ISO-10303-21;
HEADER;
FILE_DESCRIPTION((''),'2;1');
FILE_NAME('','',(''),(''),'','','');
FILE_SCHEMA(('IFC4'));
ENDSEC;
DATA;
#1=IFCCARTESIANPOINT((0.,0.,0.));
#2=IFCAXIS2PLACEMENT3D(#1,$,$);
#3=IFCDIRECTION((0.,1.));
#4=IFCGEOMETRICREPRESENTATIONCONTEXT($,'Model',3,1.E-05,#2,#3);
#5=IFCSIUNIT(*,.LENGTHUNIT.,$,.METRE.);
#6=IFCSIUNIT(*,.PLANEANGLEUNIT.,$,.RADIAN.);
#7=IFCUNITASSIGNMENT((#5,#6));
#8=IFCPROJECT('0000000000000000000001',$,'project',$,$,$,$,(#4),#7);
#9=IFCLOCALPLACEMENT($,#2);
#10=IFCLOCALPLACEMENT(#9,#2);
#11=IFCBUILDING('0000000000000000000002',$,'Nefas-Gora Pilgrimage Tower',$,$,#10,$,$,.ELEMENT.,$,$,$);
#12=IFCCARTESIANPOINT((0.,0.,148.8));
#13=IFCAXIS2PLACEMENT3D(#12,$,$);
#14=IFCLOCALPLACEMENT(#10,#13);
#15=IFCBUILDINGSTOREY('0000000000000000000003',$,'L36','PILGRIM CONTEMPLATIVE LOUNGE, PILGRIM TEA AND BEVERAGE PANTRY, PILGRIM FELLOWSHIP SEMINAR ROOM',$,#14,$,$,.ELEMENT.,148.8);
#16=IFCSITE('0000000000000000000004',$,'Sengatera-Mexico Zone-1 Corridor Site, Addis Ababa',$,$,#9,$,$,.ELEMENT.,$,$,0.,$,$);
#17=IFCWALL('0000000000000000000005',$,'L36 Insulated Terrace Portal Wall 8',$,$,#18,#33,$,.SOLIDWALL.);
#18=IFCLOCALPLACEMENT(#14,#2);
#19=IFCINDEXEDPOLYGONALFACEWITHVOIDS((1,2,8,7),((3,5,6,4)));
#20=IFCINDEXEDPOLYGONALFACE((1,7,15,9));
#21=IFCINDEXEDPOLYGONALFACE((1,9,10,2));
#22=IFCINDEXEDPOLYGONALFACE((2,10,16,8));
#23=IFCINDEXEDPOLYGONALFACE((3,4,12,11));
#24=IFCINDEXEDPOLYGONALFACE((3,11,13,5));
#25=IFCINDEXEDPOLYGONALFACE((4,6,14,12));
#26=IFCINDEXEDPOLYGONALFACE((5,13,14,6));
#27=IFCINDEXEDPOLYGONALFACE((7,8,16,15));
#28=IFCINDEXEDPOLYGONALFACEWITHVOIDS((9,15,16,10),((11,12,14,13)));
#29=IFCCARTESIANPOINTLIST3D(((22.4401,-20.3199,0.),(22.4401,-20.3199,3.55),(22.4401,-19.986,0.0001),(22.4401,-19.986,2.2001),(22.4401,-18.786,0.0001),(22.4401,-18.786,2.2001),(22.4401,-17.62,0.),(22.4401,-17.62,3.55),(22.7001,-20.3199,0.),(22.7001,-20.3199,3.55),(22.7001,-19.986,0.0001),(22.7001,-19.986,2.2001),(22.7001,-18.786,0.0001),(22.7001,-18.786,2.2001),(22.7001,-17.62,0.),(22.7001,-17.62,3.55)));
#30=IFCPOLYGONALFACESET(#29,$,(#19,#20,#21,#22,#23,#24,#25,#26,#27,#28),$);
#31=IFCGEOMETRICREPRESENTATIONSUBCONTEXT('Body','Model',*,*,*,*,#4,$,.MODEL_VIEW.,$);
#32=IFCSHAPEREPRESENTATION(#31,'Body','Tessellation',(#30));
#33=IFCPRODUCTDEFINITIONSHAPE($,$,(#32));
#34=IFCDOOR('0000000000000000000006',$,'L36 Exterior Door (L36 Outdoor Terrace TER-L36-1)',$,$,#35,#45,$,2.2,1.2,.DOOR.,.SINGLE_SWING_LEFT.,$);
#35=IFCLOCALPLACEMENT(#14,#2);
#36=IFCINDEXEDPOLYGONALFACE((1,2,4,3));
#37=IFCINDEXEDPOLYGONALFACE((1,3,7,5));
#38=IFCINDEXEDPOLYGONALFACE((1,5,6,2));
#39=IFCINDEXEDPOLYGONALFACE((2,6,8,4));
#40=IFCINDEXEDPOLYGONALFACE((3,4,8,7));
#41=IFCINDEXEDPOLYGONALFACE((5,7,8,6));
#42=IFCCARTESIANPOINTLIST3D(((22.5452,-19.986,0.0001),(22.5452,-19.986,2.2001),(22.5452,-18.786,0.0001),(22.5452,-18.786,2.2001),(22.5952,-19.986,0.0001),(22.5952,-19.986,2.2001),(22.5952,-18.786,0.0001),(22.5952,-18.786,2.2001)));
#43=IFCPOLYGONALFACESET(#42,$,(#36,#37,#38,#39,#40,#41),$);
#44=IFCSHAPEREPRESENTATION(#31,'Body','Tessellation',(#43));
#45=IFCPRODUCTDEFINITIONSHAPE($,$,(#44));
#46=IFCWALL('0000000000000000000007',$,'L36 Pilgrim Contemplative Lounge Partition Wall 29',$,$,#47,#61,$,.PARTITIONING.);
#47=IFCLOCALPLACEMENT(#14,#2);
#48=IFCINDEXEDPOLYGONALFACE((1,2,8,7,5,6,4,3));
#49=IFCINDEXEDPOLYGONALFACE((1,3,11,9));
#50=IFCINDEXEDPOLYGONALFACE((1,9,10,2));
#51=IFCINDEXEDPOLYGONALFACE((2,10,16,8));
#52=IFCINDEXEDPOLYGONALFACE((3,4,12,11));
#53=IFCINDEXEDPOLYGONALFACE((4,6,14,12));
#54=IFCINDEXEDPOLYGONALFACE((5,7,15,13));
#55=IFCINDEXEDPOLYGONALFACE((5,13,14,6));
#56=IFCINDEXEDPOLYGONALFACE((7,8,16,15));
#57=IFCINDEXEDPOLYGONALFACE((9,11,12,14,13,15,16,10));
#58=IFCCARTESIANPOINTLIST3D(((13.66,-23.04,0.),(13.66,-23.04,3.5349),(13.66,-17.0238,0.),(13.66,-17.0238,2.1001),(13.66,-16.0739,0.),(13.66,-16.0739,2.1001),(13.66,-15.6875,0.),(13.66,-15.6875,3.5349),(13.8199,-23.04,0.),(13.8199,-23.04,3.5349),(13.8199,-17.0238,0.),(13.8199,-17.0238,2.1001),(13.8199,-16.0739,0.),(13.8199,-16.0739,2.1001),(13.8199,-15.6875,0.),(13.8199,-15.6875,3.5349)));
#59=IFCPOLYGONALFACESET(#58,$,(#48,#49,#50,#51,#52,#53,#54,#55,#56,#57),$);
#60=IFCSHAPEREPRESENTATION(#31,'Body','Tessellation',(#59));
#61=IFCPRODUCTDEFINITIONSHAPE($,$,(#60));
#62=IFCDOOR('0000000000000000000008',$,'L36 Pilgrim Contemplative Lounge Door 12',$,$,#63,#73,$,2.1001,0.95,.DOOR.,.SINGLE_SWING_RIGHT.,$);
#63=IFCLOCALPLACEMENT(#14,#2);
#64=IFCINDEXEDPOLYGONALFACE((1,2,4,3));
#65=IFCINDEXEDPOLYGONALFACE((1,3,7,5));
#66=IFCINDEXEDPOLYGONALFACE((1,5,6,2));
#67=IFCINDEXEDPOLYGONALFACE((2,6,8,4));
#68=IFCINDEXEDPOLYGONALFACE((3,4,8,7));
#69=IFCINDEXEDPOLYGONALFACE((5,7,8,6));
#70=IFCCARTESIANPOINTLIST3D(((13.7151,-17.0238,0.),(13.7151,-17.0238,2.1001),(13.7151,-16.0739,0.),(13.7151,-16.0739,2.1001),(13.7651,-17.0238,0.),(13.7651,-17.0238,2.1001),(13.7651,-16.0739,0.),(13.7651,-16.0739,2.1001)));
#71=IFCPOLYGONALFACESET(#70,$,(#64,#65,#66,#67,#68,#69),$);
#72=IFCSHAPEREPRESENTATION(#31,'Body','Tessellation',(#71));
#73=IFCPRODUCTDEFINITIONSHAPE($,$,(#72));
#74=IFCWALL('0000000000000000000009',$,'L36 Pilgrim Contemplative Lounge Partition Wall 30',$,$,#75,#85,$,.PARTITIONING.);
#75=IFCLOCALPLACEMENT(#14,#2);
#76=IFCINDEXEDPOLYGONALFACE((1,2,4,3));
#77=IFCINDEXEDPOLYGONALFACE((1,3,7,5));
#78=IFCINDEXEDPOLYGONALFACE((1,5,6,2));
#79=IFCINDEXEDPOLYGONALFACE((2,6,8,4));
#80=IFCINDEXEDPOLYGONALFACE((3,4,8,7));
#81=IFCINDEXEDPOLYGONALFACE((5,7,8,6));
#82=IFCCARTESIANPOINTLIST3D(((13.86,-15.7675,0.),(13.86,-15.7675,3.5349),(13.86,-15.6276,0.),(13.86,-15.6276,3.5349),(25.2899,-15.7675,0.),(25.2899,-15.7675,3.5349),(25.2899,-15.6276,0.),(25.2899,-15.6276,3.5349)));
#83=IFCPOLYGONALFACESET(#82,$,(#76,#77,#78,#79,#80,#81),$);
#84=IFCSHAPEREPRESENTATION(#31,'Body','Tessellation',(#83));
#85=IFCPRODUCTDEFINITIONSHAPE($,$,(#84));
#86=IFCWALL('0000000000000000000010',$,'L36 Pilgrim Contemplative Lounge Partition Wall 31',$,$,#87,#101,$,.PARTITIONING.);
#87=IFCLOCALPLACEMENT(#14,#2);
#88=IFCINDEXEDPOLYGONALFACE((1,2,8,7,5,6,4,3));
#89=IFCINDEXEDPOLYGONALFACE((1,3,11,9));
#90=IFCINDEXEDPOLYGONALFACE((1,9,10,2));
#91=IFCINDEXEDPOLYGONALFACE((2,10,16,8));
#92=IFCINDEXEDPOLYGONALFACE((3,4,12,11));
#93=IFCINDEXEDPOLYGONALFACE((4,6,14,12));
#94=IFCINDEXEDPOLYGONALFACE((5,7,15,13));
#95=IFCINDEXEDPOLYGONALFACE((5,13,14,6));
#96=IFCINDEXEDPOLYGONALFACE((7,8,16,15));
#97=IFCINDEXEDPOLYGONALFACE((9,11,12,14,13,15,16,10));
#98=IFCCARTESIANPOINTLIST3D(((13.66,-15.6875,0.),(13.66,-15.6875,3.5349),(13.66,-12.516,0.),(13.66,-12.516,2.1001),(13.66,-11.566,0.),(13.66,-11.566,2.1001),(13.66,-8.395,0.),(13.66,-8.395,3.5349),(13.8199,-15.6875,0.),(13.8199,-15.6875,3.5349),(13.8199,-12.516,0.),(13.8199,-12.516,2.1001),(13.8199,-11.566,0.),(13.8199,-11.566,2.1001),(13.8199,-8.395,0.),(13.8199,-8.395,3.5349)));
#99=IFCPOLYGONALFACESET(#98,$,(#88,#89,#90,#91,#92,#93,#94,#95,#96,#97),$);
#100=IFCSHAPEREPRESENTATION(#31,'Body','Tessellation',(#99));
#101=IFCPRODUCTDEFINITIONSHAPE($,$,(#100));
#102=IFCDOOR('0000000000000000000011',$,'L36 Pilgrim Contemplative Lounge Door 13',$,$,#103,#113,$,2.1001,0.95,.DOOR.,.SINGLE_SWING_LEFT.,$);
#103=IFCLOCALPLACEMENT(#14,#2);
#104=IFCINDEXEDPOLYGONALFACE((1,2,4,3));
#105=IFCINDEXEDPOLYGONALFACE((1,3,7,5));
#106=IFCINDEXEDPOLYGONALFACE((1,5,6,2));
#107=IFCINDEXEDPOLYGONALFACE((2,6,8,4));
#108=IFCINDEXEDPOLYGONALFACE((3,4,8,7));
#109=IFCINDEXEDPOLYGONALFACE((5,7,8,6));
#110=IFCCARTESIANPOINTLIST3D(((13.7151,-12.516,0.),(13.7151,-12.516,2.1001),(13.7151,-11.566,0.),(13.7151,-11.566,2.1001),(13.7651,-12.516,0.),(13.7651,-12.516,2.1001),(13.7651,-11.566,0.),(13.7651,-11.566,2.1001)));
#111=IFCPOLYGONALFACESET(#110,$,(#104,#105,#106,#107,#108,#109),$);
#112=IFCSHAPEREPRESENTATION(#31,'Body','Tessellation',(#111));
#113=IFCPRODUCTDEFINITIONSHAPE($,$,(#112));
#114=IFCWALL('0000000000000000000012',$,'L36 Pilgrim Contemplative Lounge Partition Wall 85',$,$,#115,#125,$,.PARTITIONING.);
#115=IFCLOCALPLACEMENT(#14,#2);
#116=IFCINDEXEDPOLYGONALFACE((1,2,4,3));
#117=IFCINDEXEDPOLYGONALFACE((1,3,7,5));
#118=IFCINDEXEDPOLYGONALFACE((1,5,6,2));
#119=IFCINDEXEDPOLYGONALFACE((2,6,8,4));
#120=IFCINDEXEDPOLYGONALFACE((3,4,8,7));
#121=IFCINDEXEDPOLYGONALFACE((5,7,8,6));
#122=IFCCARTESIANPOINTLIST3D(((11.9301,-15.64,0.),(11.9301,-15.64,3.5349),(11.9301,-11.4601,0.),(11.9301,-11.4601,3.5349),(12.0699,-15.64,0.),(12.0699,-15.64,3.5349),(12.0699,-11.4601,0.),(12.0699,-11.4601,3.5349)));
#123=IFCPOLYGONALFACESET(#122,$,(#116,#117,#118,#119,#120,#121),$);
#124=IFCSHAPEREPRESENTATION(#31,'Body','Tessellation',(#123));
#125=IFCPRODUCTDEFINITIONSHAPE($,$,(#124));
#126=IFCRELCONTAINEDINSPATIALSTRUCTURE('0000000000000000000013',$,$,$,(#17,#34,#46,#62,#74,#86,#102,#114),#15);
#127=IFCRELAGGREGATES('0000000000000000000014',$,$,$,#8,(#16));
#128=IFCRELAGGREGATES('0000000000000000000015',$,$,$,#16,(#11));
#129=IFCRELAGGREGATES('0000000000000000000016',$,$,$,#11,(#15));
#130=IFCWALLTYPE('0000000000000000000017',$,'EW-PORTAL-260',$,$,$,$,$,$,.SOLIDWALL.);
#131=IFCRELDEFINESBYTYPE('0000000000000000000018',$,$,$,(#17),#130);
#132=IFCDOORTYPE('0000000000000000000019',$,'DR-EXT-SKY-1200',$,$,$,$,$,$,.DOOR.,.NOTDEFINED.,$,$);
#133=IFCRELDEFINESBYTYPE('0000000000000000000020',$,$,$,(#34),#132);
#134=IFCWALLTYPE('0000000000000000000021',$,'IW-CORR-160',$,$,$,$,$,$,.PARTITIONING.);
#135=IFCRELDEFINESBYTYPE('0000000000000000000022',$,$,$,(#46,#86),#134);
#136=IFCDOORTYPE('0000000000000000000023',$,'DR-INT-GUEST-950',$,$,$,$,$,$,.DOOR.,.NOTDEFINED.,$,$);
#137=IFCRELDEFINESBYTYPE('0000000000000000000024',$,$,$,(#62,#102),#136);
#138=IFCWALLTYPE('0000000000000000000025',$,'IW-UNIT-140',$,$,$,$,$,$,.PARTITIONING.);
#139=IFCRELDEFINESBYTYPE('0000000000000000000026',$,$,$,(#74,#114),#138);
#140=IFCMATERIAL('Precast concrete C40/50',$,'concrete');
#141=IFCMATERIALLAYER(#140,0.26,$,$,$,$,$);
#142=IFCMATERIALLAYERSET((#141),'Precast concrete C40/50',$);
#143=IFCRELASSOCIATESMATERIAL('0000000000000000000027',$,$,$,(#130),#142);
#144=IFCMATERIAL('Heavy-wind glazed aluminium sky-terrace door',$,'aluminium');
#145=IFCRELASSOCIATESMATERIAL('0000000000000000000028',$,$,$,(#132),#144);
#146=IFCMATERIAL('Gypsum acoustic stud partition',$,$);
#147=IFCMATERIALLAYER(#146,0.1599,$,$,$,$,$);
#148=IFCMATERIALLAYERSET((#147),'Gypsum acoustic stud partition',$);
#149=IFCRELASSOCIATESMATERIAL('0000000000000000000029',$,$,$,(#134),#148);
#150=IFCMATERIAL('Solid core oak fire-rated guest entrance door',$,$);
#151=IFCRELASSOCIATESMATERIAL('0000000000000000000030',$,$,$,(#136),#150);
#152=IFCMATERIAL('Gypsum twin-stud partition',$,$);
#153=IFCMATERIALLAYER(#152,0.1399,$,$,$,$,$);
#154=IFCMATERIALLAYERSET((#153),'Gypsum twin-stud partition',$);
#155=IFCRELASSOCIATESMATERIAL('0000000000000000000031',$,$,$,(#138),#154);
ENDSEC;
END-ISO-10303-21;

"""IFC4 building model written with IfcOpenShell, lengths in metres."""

from ifc_helpers import new_model, si_unit, direction, frame, frame_2d, origin, place, context, subcontext, project, spatial, rectangle, extrude, source, transform, mapped, material, layer, layer_set, type_object, element, fill, save


model = new_model("IFC4")

# Units and contexts
model_context = context("Model", 3, precision=1e-05, world=origin(), true_north=direction((0.0, 1.0)))
body_context = subcontext(model_context, "Body", "Model", "MODEL_VIEW")
ifc_project = project(units=[si_unit("LENGTHUNIT", "METRE"), si_unit("PLANEANGLEUNIT", "RADIAN")], contexts=[model_context])

# Site, building, storey
site_placement = place(None, origin())
site = spatial("IfcSite", under=ifc_project, at=site_placement, Name="Sengatera-Mexico Zone-1 Corridor Site, Addis Ababa", CompositionType="ELEMENT", RefElevation=0.0)
building_placement = place(site_placement, origin())
building = spatial("IfcBuilding", under=site, at=building_placement, Name="Nefas-Gora Pilgrimage Tower", CompositionType="ELEMENT")
storey_placement = place(building_placement, frame((0.0, 0.0, 148.8)))
storey = spatial("IfcBuildingStorey", under=building, at=storey_placement, Name="L36", Description="PILGRIM CONTEMPLATIVE LOUNGE, PILGRIM TEA AND BEVERAGE PANTRY, PILGRIM FELLOWSHIP SEMINAR ROOM", CompositionType="ELEMENT", Elevation=148.8)

# Walls, openings, doors
ifc_material_1 = material(Name="Precast concrete C40/50", Category="concrete")
ifc_layer_1 = layer(ifc_material_1, 0.26)
ifc_layer_set_1 = layer_set([ifc_layer_1], Name="Precast concrete C40/50")
wall_type_1 = type_object("IfcWallType", Name="EW-PORTAL-260", PredefinedType="SOLIDWALL", material=ifc_layer_set_1)
shared_shape_1 = source(origin(), body_context, "Body", "SweptSolid", [
    extrude(rectangle(XDim=2.7, YDim=0.26, at=frame_2d((1.3501, 0.0))), origin(), (0.0, 0.0, 1.0), 3.55),
])
wall_1_placement = place(storey_placement, frame((22.5701, -20.3201, 0.0), z_axis=(0.0, 0.0, 1.0), x_axis=(0.0, 1.0, 0.0)))
wall_1 = element("IfcWall", 1, at=wall_1_placement, inside=storey, type_object=wall_type_1, Name="L36 Insulated Terrace Portal Wall 8", PredefinedType="SOLIDWALL", context=body_context, shape_type="MappedRepresentation", body=[
    mapped(shared_shape_1, transform((0.0, 0.0, 0.0), x_axis=(1.0, 0.0, 0.0), y_axis=(0.0, 1.0, 0.0), z_axis=(0.0, 0.0, 1.0), scale=1.0)),
])
opening_1_placement = place(wall_1_placement, frame((0.334, 0.0, 0.0)))
opening_1 = element("IfcOpeningElement", 2, at=opening_1_placement, cuts=wall_1, PredefinedType="OPENING", context=body_context, shape_type="SweptSolid", body=[
    extrude(rectangle(XDim=1.2, YDim=2.2, at=frame_2d((0.6001, 1.1001))), frame((0.0, 0.1399, 0.0), z_axis=(0.0, -1.0, 0.0), x_axis=(1.0, 0.0, 0.0)), (0.0, 0.0, 1.0), 0.28),
])
ifc_material_2 = material(Name="Heavy-wind glazed aluminium sky-terrace door", Category="aluminium")
door_type_1 = type_object("IfcDoorType", Name="DR-EXT-SKY-1200", OperationType="NOTDEFINED", PredefinedType="DOOR", material=ifc_material_2)
shared_shape_2 = source(origin(), body_context, "Body", "SweptSolid", [
    extrude(rectangle(XDim=1.2, YDim=2.2, at=frame_2d((0.6001, 1.1001))), frame((0.0, 0.0249, 0.0), z_axis=(0.0, -1.0, 0.0), x_axis=(1.0, 0.0, 0.0)), (0.0, 0.0, 1.0), 0.05),
])
door_1_placement = place(opening_1_placement, origin())
door_1 = element("IfcDoor", 3, at=door_1_placement, inside=storey, type_object=door_type_1, Name="L36 Exterior Door (L36 Outdoor Terrace TER-L36-1)", OperationType="SINGLE_SWING_LEFT", OverallHeight=2.2, OverallWidth=1.2, PredefinedType="DOOR", context=body_context, shape_type="MappedRepresentation", body=[
    mapped(shared_shape_2, transform((0.0, 0.0, 0.0), x_axis=(1.0, 0.0, 0.0), y_axis=(0.0, 1.0, 0.0), z_axis=(0.0, 0.0, 1.0), scale=1.0)),
])
fill(opening_1, door_1)
ifc_material_3 = material(Name="Gypsum acoustic stud partition")
ifc_layer_2 = layer(ifc_material_3, 0.1599)
ifc_layer_set_2 = layer_set([ifc_layer_2], Name="Gypsum acoustic stud partition")
wall_type_2 = type_object("IfcWallType", Name="IW-CORR-160", PredefinedType="PARTITIONING", material=ifc_layer_set_2)
shared_shape_3 = source(origin(), body_context, "Body", "SweptSolid", [
    extrude(rectangle(XDim=7.3525, YDim=0.1599, at=frame_2d((3.6763, 0.0))), origin(), (0.0, 0.0, 1.0), 3.5349),
])
wall_2_placement = place(storey_placement, frame((13.74, -23.04, 0.0), z_axis=(0.0, 0.0, 1.0), x_axis=(0.0, 1.0, 0.0)))
wall_2 = element("IfcWall", 4, at=wall_2_placement, inside=storey, type_object=wall_type_2, Name="L36 Pilgrim Contemplative Lounge Partition Wall 29", PredefinedType="PARTITIONING", context=body_context, shape_type="MappedRepresentation", body=[
    mapped(shared_shape_3, transform((0.0, 0.0, 0.0), x_axis=(1.0, 0.0, 0.0), y_axis=(0.0, 1.0, 0.0), z_axis=(0.0, 0.0, 1.0), scale=1.0)),
])
opening_2_placement = place(wall_2_placement, frame((6.0161, 0.0, 0.0)))
opening_2 = element("IfcOpeningElement", 5, at=opening_2_placement, cuts=wall_2, PredefinedType="OPENING", context=body_context, shape_type="SweptSolid", body=[
    extrude(rectangle(XDim=0.95, YDim=2.1001, at=frame_2d((0.4751, 1.05))), frame((0.0, 0.0898, 0.0), z_axis=(0.0, -1.0, 0.0), x_axis=(1.0, 0.0, 0.0)), (0.0, 0.0, 1.0), 0.1799),
])
ifc_material_4 = material(Name="Solid core oak fire-rated guest entrance door")
door_type_2 = type_object("IfcDoorType", Name="DR-INT-GUEST-950", OperationType="NOTDEFINED", PredefinedType="DOOR", material=ifc_material_4)
shared_shape_4 = source(origin(), body_context, "Body", "SweptSolid", [
    extrude(rectangle(XDim=0.95, YDim=2.1001, at=frame_2d((0.4751, 1.05))), frame((0.0, 0.0249, 0.0), z_axis=(0.0, -1.0, 0.0), x_axis=(1.0, 0.0, 0.0)), (0.0, 0.0, 1.0), 0.05),
])
door_2_placement = place(opening_2_placement, origin())
door_2 = element("IfcDoor", 6, at=door_2_placement, inside=storey, type_object=door_type_2, Name="L36 Pilgrim Contemplative Lounge Door 12", OperationType="SINGLE_SWING_RIGHT", OverallHeight=2.1001, OverallWidth=0.95, PredefinedType="DOOR", context=body_context, shape_type="MappedRepresentation", body=[
    mapped(shared_shape_4, transform((0.0, 0.0, 0.0), x_axis=(1.0, 0.0, 0.0), y_axis=(0.0, 1.0, 0.0), z_axis=(0.0, 0.0, 1.0), scale=1.0)),
])
fill(opening_2, door_2)

# Wall
ifc_material_5 = material(Name="Gypsum twin-stud partition")
ifc_layer_3 = layer(ifc_material_5, 0.1399)
ifc_layer_set_3 = layer_set([ifc_layer_3], Name="Gypsum twin-stud partition")
wall_type_3 = type_object("IfcWallType", Name="IW-UNIT-140", PredefinedType="PARTITIONING", material=ifc_layer_set_3)
shared_shape_5 = source(origin(), body_context, "Body", "SweptSolid", [
    extrude(rectangle(XDim=11.4299, YDim=0.1399, at=frame_2d((5.7148, 0.0))), origin(), (0.0, 0.0, 1.0), 3.5349),
])
wall_3_placement = place(storey_placement, frame((13.8601, -15.6975, 0.0), z_axis=(0.0, 0.0, 1.0), x_axis=(1.0, 0.0, 0.0)))
element("IfcWall", 7, at=wall_3_placement, inside=storey, type_object=wall_type_3, Name="L36 Pilgrim Contemplative Lounge Partition Wall 30", PredefinedType="PARTITIONING", context=body_context, shape_type="MappedRepresentation", body=[
    mapped(shared_shape_5, transform((0.0, 0.0, 0.0), x_axis=(1.0, 0.0, 0.0), y_axis=(0.0, 1.0, 0.0), z_axis=(0.0, 0.0, 1.0), scale=1.0)),
])

# Wall, opening, door
shared_shape_6 = source(origin(), body_context, "Body", "SweptSolid", [
    extrude(rectangle(XDim=7.2925, YDim=0.1599, at=frame_2d((3.6462, 0.0))), origin(), (0.0, 0.0, 1.0), 3.5349),
])
wall_4_placement = place(storey_placement, frame((13.74, -15.6875, 0.0), z_axis=(0.0, 0.0, 1.0), x_axis=(0.0, 1.0, 0.0)))
wall_4 = element("IfcWall", 8, at=wall_4_placement, inside=storey, type_object=wall_type_2, Name="L36 Pilgrim Contemplative Lounge Partition Wall 31", PredefinedType="PARTITIONING", context=body_context, shape_type="MappedRepresentation", body=[
    mapped(shared_shape_6, transform((0.0, 0.0, 0.0), x_axis=(1.0, 0.0, 0.0), y_axis=(0.0, 1.0, 0.0), z_axis=(0.0, 0.0, 1.0), scale=1.0)),
])
opening_3_placement = place(wall_4_placement, frame((3.1714, 0.0, 0.0)))
opening_3 = element("IfcOpeningElement", 9, at=opening_3_placement, cuts=wall_4, PredefinedType="OPENING", context=body_context, shape_type="SweptSolid", body=[
    extrude(rectangle(XDim=0.95, YDim=2.1001, at=frame_2d((0.4751, 1.05))), frame((0.0, 0.0898, 0.0), z_axis=(0.0, -1.0, 0.0), x_axis=(1.0, 0.0, 0.0)), (0.0, 0.0, 1.0), 0.1799),
])
door_3_placement = place(opening_3_placement, origin())
door_3 = element("IfcDoor", 10, at=door_3_placement, inside=storey, type_object=door_type_2, Name="L36 Pilgrim Contemplative Lounge Door 13", OperationType="SINGLE_SWING_LEFT", OverallHeight=2.1001, OverallWidth=0.95, PredefinedType="DOOR", context=body_context, shape_type="MappedRepresentation", body=[
    mapped(shared_shape_4, transform((0.0, 0.0, 0.0), x_axis=(1.0, 0.0, 0.0), y_axis=(0.0, 1.0, 0.0), z_axis=(0.0, 0.0, 1.0), scale=1.0)),
])
fill(opening_3, door_3)

# Wall
shared_shape_7 = source(origin(), body_context, "Body", "SweptSolid", [
    extrude(rectangle(XDim=4.1799, YDim=0.1399, at=frame_2d((2.0898, 0.0))), origin(), (0.0, 0.0, 1.0), 3.5349),
])
wall_5_placement = place(storey_placement, frame((12.0, -15.6399, 0.0), z_axis=(0.0, 0.0, 1.0), x_axis=(0.0, 1.0, 0.0)))
element("IfcWall", 11, at=wall_5_placement, inside=storey, type_object=wall_type_3, Name="L36 Pilgrim Contemplative Lounge Partition Wall 85", PredefinedType="PARTITIONING", context=body_context, shape_type="MappedRepresentation", body=[
    mapped(shared_shape_7, transform((0.0, 0.0, 0.0), x_axis=(1.0, 0.0, 0.0), y_axis=(0.0, 1.0, 0.0), z_axis=(0.0, 0.0, 1.0), scale=1.0)),
])

save(model, "model.ifc")
